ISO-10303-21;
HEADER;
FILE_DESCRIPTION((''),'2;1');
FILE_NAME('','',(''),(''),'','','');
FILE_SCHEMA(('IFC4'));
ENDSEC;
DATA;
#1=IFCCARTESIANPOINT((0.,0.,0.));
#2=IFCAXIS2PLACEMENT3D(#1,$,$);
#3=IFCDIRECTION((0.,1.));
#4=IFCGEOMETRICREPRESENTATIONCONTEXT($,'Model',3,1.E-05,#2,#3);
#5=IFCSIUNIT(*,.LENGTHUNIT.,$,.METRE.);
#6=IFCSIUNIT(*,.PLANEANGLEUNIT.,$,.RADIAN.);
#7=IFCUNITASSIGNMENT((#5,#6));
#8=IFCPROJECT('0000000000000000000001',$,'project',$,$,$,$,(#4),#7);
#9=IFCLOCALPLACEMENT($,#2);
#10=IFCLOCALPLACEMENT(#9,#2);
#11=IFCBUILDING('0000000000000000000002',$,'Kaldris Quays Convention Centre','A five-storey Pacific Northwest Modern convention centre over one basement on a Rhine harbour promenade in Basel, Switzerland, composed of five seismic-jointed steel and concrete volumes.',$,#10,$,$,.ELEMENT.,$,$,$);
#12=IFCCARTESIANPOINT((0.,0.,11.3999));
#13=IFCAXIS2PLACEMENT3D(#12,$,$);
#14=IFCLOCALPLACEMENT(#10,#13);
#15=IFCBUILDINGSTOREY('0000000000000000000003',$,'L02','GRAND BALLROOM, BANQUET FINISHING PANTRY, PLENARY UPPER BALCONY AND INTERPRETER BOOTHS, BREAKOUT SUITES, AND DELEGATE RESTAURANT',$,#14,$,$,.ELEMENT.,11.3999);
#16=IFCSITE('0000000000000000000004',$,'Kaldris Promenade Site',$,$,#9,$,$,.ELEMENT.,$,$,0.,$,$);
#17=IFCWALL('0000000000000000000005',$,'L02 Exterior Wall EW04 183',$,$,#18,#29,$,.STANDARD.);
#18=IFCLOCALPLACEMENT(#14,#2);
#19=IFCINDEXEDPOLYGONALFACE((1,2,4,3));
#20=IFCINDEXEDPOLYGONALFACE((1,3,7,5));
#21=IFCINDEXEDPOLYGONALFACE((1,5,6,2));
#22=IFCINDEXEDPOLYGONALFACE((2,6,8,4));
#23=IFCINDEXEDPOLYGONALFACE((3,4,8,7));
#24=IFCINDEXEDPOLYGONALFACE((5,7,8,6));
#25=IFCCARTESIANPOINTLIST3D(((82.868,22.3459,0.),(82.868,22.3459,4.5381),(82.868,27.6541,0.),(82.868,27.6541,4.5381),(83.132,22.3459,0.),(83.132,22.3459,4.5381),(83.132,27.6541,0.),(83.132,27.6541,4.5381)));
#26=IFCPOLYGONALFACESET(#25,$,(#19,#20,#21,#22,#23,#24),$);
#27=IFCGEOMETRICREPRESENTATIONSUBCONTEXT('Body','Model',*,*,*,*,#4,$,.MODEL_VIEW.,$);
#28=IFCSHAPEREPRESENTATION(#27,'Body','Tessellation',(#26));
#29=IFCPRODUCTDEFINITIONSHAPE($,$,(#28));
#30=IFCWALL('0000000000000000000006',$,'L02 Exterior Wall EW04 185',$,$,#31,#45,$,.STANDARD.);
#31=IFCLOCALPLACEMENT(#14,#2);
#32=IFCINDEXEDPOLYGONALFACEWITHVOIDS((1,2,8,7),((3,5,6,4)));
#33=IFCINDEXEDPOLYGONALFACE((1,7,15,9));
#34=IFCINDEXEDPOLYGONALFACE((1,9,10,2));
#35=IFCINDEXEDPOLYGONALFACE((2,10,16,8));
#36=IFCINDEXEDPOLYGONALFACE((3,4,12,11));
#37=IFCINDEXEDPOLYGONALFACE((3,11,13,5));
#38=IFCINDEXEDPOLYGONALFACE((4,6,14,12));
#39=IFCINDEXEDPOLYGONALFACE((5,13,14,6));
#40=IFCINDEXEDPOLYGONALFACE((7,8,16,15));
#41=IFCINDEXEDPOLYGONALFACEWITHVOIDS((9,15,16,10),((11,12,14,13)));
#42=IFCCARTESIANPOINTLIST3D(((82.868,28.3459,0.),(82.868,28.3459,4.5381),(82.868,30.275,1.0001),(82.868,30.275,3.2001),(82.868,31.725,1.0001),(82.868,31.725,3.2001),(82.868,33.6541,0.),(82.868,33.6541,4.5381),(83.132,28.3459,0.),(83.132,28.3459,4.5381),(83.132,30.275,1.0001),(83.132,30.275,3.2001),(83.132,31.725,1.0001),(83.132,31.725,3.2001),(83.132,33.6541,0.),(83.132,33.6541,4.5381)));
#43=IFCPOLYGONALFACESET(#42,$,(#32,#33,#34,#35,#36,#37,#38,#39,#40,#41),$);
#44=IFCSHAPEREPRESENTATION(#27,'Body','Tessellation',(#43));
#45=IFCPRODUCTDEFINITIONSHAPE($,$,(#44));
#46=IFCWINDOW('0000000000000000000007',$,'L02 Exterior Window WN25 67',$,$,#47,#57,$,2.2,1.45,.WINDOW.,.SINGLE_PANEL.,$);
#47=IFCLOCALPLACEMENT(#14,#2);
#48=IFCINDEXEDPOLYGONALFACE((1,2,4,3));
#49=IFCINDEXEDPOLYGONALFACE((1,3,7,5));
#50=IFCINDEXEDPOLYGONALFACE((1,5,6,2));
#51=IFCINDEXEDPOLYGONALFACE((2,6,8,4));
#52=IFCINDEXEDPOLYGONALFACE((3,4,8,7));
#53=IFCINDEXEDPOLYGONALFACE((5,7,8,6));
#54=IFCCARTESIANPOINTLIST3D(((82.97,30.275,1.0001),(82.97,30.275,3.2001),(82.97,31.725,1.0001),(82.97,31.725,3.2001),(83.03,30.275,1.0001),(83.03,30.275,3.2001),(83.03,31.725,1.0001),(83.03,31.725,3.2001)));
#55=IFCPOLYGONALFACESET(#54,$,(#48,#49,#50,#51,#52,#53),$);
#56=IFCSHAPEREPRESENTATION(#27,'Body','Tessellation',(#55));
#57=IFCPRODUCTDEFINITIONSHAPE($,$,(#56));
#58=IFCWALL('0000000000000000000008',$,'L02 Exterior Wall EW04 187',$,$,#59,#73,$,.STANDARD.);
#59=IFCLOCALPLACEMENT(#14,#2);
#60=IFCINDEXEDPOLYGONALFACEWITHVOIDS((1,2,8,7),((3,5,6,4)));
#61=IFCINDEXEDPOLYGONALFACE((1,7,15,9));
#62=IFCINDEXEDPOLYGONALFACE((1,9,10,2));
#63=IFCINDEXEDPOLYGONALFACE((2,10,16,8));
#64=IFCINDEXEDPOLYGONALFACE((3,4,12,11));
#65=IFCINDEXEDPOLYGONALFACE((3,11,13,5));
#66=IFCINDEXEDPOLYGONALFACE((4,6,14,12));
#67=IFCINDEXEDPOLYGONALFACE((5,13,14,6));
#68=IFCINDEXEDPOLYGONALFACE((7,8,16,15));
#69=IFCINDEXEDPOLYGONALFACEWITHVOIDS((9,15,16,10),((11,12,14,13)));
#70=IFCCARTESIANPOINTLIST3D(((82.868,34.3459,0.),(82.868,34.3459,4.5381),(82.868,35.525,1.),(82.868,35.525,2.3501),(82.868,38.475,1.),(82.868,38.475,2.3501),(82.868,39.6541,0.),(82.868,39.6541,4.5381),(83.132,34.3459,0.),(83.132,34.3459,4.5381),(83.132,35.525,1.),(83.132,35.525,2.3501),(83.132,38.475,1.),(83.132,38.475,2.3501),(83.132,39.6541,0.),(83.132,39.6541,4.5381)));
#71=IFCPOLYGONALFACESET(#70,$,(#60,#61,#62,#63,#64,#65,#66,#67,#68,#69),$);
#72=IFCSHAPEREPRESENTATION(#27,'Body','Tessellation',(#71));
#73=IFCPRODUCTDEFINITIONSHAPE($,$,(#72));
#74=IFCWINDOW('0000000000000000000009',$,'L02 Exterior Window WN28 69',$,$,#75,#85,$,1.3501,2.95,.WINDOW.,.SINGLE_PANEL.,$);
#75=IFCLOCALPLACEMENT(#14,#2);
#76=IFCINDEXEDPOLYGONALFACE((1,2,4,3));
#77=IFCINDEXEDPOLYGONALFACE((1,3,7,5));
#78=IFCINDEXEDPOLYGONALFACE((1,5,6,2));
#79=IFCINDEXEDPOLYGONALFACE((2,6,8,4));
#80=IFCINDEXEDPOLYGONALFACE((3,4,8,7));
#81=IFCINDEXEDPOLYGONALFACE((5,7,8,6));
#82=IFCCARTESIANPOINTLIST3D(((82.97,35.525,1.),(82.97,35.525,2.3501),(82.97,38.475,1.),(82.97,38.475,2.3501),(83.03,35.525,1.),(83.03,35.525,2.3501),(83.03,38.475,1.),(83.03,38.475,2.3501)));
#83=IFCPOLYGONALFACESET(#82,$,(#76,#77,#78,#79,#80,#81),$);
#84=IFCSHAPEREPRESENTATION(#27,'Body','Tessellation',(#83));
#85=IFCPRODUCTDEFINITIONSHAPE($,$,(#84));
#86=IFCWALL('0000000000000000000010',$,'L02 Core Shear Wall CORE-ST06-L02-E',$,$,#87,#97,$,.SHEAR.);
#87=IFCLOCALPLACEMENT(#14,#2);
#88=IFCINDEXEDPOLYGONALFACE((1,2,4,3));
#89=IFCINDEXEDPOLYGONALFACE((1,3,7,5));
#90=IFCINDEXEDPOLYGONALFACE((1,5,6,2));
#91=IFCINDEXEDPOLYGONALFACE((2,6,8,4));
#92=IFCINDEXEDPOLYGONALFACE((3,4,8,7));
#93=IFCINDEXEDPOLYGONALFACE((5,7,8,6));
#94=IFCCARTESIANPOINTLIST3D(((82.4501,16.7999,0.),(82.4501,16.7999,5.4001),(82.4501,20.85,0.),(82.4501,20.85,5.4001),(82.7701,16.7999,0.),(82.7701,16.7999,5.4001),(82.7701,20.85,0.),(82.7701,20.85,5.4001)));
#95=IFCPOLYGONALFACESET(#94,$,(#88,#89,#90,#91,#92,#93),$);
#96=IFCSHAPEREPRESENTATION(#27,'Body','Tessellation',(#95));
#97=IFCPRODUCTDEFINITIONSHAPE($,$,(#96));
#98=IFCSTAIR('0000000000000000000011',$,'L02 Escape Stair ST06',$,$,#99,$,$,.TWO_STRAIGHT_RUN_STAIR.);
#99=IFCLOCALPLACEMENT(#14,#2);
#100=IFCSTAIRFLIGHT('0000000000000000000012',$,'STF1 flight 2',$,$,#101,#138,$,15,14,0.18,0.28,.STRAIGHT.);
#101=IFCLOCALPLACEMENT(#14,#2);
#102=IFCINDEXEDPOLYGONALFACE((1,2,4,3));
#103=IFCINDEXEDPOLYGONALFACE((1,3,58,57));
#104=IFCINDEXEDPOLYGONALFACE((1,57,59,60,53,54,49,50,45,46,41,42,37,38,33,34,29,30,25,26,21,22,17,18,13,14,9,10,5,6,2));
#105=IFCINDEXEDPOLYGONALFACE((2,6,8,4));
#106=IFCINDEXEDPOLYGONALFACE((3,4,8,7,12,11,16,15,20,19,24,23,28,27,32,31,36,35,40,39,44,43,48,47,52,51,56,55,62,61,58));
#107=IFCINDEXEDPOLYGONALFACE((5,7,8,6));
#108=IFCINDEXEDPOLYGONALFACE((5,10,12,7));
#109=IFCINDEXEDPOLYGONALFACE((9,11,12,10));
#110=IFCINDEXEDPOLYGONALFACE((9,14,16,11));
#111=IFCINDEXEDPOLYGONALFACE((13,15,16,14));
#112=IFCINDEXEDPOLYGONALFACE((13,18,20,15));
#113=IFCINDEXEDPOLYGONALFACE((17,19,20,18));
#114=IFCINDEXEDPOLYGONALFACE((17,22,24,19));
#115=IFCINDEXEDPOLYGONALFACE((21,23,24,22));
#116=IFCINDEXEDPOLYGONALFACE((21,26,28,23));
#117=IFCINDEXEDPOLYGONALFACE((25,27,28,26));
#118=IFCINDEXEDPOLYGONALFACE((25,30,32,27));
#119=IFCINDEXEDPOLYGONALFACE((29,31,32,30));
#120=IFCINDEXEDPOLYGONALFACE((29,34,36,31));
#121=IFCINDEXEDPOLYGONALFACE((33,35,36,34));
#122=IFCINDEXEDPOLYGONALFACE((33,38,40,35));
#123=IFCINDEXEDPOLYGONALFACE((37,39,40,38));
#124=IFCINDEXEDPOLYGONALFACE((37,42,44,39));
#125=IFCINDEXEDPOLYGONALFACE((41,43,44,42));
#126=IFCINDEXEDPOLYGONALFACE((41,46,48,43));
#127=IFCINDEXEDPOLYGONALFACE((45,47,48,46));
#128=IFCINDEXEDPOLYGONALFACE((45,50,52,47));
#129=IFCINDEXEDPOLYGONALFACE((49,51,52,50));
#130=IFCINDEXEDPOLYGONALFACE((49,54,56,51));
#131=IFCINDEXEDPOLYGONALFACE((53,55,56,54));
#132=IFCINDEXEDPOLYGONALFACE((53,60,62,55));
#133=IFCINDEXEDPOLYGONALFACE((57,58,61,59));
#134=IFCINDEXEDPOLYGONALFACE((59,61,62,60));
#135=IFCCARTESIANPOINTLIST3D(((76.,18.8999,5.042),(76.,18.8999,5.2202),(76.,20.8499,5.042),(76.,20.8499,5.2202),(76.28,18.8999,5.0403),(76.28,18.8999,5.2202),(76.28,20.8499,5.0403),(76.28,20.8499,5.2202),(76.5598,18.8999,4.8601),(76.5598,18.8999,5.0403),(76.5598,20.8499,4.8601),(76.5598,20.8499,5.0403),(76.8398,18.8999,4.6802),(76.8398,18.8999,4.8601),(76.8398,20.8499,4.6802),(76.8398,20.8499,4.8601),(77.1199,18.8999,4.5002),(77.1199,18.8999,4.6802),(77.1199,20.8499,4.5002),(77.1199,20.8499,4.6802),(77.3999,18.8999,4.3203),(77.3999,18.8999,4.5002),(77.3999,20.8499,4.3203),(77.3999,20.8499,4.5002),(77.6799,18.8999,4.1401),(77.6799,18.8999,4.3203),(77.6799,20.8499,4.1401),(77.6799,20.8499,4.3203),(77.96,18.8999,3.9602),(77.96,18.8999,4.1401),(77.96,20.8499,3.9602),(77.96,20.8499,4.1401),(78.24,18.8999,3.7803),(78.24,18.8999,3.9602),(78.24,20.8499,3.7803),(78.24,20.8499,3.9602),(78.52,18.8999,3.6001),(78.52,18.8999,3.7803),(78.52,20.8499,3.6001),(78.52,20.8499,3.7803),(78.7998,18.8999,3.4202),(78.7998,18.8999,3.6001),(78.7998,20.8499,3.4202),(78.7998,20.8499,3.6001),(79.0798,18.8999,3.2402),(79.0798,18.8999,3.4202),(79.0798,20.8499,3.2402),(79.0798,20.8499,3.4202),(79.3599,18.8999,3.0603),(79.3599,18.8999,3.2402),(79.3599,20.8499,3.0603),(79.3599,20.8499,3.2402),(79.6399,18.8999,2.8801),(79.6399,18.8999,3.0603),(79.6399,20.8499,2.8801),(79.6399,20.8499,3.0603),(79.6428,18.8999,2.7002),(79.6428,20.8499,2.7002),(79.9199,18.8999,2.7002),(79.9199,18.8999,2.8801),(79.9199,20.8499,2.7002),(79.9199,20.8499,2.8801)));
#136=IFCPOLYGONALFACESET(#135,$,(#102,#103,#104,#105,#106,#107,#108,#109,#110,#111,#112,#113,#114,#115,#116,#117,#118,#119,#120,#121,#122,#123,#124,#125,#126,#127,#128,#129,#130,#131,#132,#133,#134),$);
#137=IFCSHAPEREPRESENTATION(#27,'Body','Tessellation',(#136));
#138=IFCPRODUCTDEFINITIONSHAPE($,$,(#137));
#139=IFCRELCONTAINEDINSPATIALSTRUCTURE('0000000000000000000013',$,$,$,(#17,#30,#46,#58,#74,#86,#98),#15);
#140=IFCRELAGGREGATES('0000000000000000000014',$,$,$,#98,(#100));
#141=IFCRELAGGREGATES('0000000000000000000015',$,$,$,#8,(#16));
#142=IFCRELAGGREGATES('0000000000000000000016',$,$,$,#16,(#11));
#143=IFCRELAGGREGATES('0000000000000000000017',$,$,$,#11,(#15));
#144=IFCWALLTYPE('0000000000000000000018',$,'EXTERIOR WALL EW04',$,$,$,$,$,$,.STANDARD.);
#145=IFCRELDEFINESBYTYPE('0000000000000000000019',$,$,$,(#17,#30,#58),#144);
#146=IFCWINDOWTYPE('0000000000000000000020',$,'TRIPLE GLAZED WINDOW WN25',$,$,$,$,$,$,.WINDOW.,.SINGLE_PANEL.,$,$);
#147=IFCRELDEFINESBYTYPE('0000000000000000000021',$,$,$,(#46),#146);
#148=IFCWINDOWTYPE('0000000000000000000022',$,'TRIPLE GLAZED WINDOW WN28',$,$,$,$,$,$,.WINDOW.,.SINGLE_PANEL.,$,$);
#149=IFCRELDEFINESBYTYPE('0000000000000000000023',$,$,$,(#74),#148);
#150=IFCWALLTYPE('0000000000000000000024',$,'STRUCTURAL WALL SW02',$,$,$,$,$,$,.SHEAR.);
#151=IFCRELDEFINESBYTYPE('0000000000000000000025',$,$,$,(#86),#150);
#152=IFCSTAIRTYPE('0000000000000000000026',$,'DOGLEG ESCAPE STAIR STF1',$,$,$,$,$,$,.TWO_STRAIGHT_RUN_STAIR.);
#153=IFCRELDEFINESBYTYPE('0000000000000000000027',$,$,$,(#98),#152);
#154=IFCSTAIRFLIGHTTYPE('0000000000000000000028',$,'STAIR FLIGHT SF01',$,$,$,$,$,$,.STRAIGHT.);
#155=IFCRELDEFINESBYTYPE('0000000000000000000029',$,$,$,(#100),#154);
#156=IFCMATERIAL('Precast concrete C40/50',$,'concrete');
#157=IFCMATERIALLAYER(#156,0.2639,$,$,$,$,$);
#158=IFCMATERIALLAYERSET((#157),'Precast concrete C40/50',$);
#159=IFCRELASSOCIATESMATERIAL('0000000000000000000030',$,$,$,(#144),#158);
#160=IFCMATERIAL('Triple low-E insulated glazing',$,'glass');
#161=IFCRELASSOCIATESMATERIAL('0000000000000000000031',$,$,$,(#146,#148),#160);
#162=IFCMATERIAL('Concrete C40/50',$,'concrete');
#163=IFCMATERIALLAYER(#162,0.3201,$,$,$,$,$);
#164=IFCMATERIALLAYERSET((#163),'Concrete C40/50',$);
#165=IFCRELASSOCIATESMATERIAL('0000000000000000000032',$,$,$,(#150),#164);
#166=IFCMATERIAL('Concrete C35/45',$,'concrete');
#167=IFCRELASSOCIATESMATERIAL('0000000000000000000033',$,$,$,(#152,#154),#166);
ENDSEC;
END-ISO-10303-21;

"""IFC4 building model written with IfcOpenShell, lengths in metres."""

from ifc_helpers import new_model, si_unit, direction, frame, frame_2d, origin, place, context, subcontext, project, spatial, polyline, rectangle, outline, extrude, material, layer, layer_set, type_object, element, fill, aggregate, save


model = new_model("IFC4")

# Units and contexts
model_context = context("Model", 3, precision=1e-05, world=origin(), true_north=direction((0.0, 1.0)))
body_context = subcontext(model_context, "Body", "Model", "MODEL_VIEW")
ifc_project = project(units=[si_unit("LENGTHUNIT", "METRE"), si_unit("PLANEANGLEUNIT", "RADIAN")], contexts=[model_context])

# Site, building, storey
site_placement = place(None, origin())
site = spatial("IfcSite", under=ifc_project, at=site_placement, Name="Kaldris Promenade Site", CompositionType="ELEMENT", RefElevation=0.0)
building_placement = place(site_placement, origin())
building = spatial("IfcBuilding", under=site, at=building_placement, Name="Kaldris Quays Convention Centre", Description="A five-storey Pacific Northwest Modern convention centre over one basement on a Rhine harbour promenade in Basel, Switzerland, composed of five seismic-jointed steel and concrete volumes.", CompositionType="ELEMENT")
storey_placement = place(building_placement, frame((0.0, 0.0, 11.3999)))
storey = spatial("IfcBuildingStorey", under=building, at=storey_placement, Name="L02", Description="GRAND BALLROOM, BANQUET FINISHING PANTRY, PLENARY UPPER BALCONY AND INTERPRETER BOOTHS, BREAKOUT SUITES, AND DELEGATE RESTAURANT", CompositionType="ELEMENT", Elevation=11.3999)

# Wall
ifc_material_1 = material(Name="Precast concrete C40/50", Category="concrete")
ifc_layer_1 = layer(ifc_material_1, 0.2639)
ifc_layer_set_1 = layer_set([ifc_layer_1], Name="Precast concrete C40/50")
wall_type_1 = type_object("IfcWallType", Name="EXTERIOR WALL EW04", PredefinedType="STANDARD", material=ifc_layer_set_1)
for number, where, z_axis, x_axis, name in (
    (1, (83.0, 22.3459, 0.0), (0.0, 0.0, 1.0), (0.0, 1.0, 0.0), "L02 Exterior Wall EW04 183"),
):
    element("IfcWall", number, at=place(storey_placement, frame(where, z_axis=z_axis, x_axis=x_axis)), inside=storey, type_object=wall_type_1, Name=name, PredefinedType="STANDARD", context=body_context, shape_type="SweptSolid", body=[
        extrude(rectangle(XDim=5.3081, YDim=0.2639, at=frame_2d((2.6541, 0.0))), origin(), (0.0, 0.0, 1.0), 4.5381),
    ])

# Walls, openings, windows
wall_1_placement = place(storey_placement, frame((83.0, 28.3459, 0.0), z_axis=(0.0, 0.0, 1.0), x_axis=(0.0, 1.0, 0.0)))
wall_1 = element("IfcWall", 2, at=wall_1_placement, inside=storey, type_object=wall_type_1, Name="L02 Exterior Wall EW04 185", PredefinedType="STANDARD", context=body_context, shape_type="SweptSolid", body=[
    extrude(rectangle(XDim=5.3081, YDim=0.2639, at=frame_2d((2.6541, 0.0))), origin(), (0.0, 0.0, 1.0), 4.5381),
])
opening_1_placement = place(wall_1_placement, frame((1.929, 0.0, 1.0)))
opening_1 = element("IfcOpeningElement", 3, at=opening_1_placement, cuts=wall_1, PredefinedType="OPENING", context=body_context, shape_type="SweptSolid", body=[
    extrude(rectangle(XDim=1.45, YDim=2.2, at=frame_2d((0.7251, 1.1001))), frame((0.0, 0.1421, 0.0), z_axis=(0.0, -1.0, 0.0), x_axis=(1.0, 0.0, 0.0)), (0.0, 0.0, 1.0), 0.2839),
])
ifc_material_2 = material(Name="Triple low-E insulated glazing", Category="glass")
window_type_1 = type_object("IfcWindowType", Name="TRIPLE GLAZED WINDOW WN25", PartitioningType="SINGLE_PANEL", PredefinedType="WINDOW", material=ifc_material_2)
window_1_placement = place(opening_1_placement, origin())
window_1 = element("IfcWindow", 4, at=window_1_placement, inside=storey, type_object=window_type_1, Name="L02 Exterior Window WN25 67", OverallHeight=2.2, OverallWidth=1.45, PartitioningType="SINGLE_PANEL", PredefinedType="WINDOW", context=body_context, shape_type="SweptSolid", body=[
    extrude(rectangle(XDim=1.45, YDim=2.2, at=frame_2d((0.7251, 1.1001))), frame((0.0, 0.03, 0.0), z_axis=(0.0, -1.0, 0.0), x_axis=(1.0, 0.0, 0.0)), (0.0, 0.0, 1.0), 0.0601),
])
fill(opening_1, window_1)
wall_2_placement = place(storey_placement, frame((83.0, 34.3459, 0.0), z_axis=(0.0, 0.0, 1.0), x_axis=(0.0, 1.0, 0.0)))
wall_2 = element("IfcWall", 5, at=wall_2_placement, inside=storey, type_object=wall_type_1, Name="L02 Exterior Wall EW04 187", PredefinedType="STANDARD", context=body_context, shape_type="SweptSolid", body=[
    extrude(rectangle(XDim=5.3081, YDim=0.2639, at=frame_2d((2.6541, 0.0))), origin(), (0.0, 0.0, 1.0), 4.5381),
])
opening_2_placement = place(wall_2_placement, frame((1.179, 0.0, 1.0)))
opening_2 = element("IfcOpeningElement", 6, at=opening_2_placement, cuts=wall_2, PredefinedType="OPENING", context=body_context, shape_type="SweptSolid", body=[
    extrude(rectangle(XDim=2.95, YDim=1.3501, at=frame_2d((1.4751, 0.675))), frame((0.0, 0.1421, 0.0), z_axis=(0.0, -1.0, 0.0), x_axis=(1.0, 0.0, 0.0)), (0.0, 0.0, 1.0), 0.2839),
])
window_type_2 = type_object("IfcWindowType", Name="TRIPLE GLAZED WINDOW WN28", PartitioningType="SINGLE_PANEL", PredefinedType="WINDOW", material=ifc_material_2)
window_2_placement = place(opening_2_placement, origin())
window_2 = element("IfcWindow", 7, at=window_2_placement, inside=storey, type_object=window_type_2, Name="L02 Exterior Window WN28 69", OverallHeight=1.3501, OverallWidth=2.95, PartitioningType="SINGLE_PANEL", PredefinedType="WINDOW", context=body_context, shape_type="SweptSolid", body=[
    extrude(rectangle(XDim=2.95, YDim=1.3501, at=frame_2d((1.4751, 0.675))), frame((0.0, 0.03, 0.0), z_axis=(0.0, -1.0, 0.0), x_axis=(1.0, 0.0, 0.0)), (0.0, 0.0, 1.0), 0.0601),
])
fill(opening_2, window_2)

# Wall
ifc_material_3 = material(Name="Concrete C40/50", Category="concrete")
ifc_layer_2 = layer(ifc_material_3, 0.3201)
ifc_layer_set_2 = layer_set([ifc_layer_2], Name="Concrete C40/50")
wall_type_2 = type_object("IfcWallType", Name="STRUCTURAL WALL SW02", PredefinedType="SHEAR", material=ifc_layer_set_2)
wall_3_placement = place(storey_placement, frame((82.6101, 16.8, 0.0), z_axis=(0.0, 0.0, 1.0), x_axis=(0.0, 1.0, 0.0)))
element("IfcWall", 8, at=wall_3_placement, inside=storey, type_object=wall_type_2, Name="L02 Core Shear Wall CORE-ST06-L02-E", PredefinedType="SHEAR", context=body_context, shape_type="SweptSolid", body=[
    extrude(rectangle(XDim=4.05, YDim=0.3201, at=frame_2d((2.0249, 0.0))), origin(), (0.0, 0.0, 1.0), 5.4001),
])

# Stair, stair flight
ifc_material_4 = material(Name="Concrete C35/45", Category="concrete")
stair_type = type_object("IfcStairType", Name="DOGLEG ESCAPE STAIR STF1", PredefinedType="TWO_STRAIGHT_RUN_STAIR", material=ifc_material_4)
stair_placement = place(storey_placement, origin())
stair = element("IfcStair", 9, at=stair_placement, inside=storey, type_object=stair_type, Name="L02 Escape Stair ST06", PredefinedType="TWO_STRAIGHT_RUN_STAIR")
stair_flight_type = type_object("IfcStairFlightType", Name="STAIR FLIGHT SF01", PredefinedType="STRAIGHT", material=ifc_material_4)
stair_flight_placement = place(storey_placement, frame((79.9199, 19.875, 2.7002), z_axis=(0.0, 0.0, 1.0), x_axis=(-1.0, 0.0, 0.0)))
stair_flight = element("IfcStairFlight", 10, at=stair_flight_placement, type_object=stair_flight_type, Name="STF1 flight 2", NumberOfRisers=15, NumberOfTreads=14, PredefinedType="STRAIGHT", RiserHeight=0.18, TreadLength=0.28, context=body_context, shape_type="SweptSolid", body=[
    extrude(outline(polyline([(0.0, 0.0), (0.0, 0.1799), (0.28, 0.1799), (0.28, 0.3601), (0.5601, 0.3601), (0.5601, 0.54), (0.8401, 0.54), (0.8401, 0.72), (1.1201, 0.72), (1.1201, 0.8999), (1.3999, 0.8999), (1.3999, 1.0801), (1.6799, 1.0801), (1.6799, 1.26), (1.96, 1.26), (1.96, 1.4399), (2.24, 1.4399), (2.24, 1.6201), (2.52, 1.6201), (2.52, 1.8), (2.8, 1.8), (2.8, 1.98), (3.0801, 1.98), (3.0801, 2.1599), (3.3601, 2.1599), (3.3601, 2.3401), (3.6399, 2.3401), (3.6399, 2.52), (3.9199, 2.52), (3.9199, 2.7), (3.9199, 2.3418), (0.2771, 0.0), (0.0, 0.0)])), frame((0.0, 0.9751, 0.0), z_axis=(0.0, -1.0, 0.0), x_axis=(1.0, 0.0, 0.0)), (0.0, 0.0, 1.0), 1.95),
])
aggregate(stair, [stair_flight])

save(model, "model.ifc")
